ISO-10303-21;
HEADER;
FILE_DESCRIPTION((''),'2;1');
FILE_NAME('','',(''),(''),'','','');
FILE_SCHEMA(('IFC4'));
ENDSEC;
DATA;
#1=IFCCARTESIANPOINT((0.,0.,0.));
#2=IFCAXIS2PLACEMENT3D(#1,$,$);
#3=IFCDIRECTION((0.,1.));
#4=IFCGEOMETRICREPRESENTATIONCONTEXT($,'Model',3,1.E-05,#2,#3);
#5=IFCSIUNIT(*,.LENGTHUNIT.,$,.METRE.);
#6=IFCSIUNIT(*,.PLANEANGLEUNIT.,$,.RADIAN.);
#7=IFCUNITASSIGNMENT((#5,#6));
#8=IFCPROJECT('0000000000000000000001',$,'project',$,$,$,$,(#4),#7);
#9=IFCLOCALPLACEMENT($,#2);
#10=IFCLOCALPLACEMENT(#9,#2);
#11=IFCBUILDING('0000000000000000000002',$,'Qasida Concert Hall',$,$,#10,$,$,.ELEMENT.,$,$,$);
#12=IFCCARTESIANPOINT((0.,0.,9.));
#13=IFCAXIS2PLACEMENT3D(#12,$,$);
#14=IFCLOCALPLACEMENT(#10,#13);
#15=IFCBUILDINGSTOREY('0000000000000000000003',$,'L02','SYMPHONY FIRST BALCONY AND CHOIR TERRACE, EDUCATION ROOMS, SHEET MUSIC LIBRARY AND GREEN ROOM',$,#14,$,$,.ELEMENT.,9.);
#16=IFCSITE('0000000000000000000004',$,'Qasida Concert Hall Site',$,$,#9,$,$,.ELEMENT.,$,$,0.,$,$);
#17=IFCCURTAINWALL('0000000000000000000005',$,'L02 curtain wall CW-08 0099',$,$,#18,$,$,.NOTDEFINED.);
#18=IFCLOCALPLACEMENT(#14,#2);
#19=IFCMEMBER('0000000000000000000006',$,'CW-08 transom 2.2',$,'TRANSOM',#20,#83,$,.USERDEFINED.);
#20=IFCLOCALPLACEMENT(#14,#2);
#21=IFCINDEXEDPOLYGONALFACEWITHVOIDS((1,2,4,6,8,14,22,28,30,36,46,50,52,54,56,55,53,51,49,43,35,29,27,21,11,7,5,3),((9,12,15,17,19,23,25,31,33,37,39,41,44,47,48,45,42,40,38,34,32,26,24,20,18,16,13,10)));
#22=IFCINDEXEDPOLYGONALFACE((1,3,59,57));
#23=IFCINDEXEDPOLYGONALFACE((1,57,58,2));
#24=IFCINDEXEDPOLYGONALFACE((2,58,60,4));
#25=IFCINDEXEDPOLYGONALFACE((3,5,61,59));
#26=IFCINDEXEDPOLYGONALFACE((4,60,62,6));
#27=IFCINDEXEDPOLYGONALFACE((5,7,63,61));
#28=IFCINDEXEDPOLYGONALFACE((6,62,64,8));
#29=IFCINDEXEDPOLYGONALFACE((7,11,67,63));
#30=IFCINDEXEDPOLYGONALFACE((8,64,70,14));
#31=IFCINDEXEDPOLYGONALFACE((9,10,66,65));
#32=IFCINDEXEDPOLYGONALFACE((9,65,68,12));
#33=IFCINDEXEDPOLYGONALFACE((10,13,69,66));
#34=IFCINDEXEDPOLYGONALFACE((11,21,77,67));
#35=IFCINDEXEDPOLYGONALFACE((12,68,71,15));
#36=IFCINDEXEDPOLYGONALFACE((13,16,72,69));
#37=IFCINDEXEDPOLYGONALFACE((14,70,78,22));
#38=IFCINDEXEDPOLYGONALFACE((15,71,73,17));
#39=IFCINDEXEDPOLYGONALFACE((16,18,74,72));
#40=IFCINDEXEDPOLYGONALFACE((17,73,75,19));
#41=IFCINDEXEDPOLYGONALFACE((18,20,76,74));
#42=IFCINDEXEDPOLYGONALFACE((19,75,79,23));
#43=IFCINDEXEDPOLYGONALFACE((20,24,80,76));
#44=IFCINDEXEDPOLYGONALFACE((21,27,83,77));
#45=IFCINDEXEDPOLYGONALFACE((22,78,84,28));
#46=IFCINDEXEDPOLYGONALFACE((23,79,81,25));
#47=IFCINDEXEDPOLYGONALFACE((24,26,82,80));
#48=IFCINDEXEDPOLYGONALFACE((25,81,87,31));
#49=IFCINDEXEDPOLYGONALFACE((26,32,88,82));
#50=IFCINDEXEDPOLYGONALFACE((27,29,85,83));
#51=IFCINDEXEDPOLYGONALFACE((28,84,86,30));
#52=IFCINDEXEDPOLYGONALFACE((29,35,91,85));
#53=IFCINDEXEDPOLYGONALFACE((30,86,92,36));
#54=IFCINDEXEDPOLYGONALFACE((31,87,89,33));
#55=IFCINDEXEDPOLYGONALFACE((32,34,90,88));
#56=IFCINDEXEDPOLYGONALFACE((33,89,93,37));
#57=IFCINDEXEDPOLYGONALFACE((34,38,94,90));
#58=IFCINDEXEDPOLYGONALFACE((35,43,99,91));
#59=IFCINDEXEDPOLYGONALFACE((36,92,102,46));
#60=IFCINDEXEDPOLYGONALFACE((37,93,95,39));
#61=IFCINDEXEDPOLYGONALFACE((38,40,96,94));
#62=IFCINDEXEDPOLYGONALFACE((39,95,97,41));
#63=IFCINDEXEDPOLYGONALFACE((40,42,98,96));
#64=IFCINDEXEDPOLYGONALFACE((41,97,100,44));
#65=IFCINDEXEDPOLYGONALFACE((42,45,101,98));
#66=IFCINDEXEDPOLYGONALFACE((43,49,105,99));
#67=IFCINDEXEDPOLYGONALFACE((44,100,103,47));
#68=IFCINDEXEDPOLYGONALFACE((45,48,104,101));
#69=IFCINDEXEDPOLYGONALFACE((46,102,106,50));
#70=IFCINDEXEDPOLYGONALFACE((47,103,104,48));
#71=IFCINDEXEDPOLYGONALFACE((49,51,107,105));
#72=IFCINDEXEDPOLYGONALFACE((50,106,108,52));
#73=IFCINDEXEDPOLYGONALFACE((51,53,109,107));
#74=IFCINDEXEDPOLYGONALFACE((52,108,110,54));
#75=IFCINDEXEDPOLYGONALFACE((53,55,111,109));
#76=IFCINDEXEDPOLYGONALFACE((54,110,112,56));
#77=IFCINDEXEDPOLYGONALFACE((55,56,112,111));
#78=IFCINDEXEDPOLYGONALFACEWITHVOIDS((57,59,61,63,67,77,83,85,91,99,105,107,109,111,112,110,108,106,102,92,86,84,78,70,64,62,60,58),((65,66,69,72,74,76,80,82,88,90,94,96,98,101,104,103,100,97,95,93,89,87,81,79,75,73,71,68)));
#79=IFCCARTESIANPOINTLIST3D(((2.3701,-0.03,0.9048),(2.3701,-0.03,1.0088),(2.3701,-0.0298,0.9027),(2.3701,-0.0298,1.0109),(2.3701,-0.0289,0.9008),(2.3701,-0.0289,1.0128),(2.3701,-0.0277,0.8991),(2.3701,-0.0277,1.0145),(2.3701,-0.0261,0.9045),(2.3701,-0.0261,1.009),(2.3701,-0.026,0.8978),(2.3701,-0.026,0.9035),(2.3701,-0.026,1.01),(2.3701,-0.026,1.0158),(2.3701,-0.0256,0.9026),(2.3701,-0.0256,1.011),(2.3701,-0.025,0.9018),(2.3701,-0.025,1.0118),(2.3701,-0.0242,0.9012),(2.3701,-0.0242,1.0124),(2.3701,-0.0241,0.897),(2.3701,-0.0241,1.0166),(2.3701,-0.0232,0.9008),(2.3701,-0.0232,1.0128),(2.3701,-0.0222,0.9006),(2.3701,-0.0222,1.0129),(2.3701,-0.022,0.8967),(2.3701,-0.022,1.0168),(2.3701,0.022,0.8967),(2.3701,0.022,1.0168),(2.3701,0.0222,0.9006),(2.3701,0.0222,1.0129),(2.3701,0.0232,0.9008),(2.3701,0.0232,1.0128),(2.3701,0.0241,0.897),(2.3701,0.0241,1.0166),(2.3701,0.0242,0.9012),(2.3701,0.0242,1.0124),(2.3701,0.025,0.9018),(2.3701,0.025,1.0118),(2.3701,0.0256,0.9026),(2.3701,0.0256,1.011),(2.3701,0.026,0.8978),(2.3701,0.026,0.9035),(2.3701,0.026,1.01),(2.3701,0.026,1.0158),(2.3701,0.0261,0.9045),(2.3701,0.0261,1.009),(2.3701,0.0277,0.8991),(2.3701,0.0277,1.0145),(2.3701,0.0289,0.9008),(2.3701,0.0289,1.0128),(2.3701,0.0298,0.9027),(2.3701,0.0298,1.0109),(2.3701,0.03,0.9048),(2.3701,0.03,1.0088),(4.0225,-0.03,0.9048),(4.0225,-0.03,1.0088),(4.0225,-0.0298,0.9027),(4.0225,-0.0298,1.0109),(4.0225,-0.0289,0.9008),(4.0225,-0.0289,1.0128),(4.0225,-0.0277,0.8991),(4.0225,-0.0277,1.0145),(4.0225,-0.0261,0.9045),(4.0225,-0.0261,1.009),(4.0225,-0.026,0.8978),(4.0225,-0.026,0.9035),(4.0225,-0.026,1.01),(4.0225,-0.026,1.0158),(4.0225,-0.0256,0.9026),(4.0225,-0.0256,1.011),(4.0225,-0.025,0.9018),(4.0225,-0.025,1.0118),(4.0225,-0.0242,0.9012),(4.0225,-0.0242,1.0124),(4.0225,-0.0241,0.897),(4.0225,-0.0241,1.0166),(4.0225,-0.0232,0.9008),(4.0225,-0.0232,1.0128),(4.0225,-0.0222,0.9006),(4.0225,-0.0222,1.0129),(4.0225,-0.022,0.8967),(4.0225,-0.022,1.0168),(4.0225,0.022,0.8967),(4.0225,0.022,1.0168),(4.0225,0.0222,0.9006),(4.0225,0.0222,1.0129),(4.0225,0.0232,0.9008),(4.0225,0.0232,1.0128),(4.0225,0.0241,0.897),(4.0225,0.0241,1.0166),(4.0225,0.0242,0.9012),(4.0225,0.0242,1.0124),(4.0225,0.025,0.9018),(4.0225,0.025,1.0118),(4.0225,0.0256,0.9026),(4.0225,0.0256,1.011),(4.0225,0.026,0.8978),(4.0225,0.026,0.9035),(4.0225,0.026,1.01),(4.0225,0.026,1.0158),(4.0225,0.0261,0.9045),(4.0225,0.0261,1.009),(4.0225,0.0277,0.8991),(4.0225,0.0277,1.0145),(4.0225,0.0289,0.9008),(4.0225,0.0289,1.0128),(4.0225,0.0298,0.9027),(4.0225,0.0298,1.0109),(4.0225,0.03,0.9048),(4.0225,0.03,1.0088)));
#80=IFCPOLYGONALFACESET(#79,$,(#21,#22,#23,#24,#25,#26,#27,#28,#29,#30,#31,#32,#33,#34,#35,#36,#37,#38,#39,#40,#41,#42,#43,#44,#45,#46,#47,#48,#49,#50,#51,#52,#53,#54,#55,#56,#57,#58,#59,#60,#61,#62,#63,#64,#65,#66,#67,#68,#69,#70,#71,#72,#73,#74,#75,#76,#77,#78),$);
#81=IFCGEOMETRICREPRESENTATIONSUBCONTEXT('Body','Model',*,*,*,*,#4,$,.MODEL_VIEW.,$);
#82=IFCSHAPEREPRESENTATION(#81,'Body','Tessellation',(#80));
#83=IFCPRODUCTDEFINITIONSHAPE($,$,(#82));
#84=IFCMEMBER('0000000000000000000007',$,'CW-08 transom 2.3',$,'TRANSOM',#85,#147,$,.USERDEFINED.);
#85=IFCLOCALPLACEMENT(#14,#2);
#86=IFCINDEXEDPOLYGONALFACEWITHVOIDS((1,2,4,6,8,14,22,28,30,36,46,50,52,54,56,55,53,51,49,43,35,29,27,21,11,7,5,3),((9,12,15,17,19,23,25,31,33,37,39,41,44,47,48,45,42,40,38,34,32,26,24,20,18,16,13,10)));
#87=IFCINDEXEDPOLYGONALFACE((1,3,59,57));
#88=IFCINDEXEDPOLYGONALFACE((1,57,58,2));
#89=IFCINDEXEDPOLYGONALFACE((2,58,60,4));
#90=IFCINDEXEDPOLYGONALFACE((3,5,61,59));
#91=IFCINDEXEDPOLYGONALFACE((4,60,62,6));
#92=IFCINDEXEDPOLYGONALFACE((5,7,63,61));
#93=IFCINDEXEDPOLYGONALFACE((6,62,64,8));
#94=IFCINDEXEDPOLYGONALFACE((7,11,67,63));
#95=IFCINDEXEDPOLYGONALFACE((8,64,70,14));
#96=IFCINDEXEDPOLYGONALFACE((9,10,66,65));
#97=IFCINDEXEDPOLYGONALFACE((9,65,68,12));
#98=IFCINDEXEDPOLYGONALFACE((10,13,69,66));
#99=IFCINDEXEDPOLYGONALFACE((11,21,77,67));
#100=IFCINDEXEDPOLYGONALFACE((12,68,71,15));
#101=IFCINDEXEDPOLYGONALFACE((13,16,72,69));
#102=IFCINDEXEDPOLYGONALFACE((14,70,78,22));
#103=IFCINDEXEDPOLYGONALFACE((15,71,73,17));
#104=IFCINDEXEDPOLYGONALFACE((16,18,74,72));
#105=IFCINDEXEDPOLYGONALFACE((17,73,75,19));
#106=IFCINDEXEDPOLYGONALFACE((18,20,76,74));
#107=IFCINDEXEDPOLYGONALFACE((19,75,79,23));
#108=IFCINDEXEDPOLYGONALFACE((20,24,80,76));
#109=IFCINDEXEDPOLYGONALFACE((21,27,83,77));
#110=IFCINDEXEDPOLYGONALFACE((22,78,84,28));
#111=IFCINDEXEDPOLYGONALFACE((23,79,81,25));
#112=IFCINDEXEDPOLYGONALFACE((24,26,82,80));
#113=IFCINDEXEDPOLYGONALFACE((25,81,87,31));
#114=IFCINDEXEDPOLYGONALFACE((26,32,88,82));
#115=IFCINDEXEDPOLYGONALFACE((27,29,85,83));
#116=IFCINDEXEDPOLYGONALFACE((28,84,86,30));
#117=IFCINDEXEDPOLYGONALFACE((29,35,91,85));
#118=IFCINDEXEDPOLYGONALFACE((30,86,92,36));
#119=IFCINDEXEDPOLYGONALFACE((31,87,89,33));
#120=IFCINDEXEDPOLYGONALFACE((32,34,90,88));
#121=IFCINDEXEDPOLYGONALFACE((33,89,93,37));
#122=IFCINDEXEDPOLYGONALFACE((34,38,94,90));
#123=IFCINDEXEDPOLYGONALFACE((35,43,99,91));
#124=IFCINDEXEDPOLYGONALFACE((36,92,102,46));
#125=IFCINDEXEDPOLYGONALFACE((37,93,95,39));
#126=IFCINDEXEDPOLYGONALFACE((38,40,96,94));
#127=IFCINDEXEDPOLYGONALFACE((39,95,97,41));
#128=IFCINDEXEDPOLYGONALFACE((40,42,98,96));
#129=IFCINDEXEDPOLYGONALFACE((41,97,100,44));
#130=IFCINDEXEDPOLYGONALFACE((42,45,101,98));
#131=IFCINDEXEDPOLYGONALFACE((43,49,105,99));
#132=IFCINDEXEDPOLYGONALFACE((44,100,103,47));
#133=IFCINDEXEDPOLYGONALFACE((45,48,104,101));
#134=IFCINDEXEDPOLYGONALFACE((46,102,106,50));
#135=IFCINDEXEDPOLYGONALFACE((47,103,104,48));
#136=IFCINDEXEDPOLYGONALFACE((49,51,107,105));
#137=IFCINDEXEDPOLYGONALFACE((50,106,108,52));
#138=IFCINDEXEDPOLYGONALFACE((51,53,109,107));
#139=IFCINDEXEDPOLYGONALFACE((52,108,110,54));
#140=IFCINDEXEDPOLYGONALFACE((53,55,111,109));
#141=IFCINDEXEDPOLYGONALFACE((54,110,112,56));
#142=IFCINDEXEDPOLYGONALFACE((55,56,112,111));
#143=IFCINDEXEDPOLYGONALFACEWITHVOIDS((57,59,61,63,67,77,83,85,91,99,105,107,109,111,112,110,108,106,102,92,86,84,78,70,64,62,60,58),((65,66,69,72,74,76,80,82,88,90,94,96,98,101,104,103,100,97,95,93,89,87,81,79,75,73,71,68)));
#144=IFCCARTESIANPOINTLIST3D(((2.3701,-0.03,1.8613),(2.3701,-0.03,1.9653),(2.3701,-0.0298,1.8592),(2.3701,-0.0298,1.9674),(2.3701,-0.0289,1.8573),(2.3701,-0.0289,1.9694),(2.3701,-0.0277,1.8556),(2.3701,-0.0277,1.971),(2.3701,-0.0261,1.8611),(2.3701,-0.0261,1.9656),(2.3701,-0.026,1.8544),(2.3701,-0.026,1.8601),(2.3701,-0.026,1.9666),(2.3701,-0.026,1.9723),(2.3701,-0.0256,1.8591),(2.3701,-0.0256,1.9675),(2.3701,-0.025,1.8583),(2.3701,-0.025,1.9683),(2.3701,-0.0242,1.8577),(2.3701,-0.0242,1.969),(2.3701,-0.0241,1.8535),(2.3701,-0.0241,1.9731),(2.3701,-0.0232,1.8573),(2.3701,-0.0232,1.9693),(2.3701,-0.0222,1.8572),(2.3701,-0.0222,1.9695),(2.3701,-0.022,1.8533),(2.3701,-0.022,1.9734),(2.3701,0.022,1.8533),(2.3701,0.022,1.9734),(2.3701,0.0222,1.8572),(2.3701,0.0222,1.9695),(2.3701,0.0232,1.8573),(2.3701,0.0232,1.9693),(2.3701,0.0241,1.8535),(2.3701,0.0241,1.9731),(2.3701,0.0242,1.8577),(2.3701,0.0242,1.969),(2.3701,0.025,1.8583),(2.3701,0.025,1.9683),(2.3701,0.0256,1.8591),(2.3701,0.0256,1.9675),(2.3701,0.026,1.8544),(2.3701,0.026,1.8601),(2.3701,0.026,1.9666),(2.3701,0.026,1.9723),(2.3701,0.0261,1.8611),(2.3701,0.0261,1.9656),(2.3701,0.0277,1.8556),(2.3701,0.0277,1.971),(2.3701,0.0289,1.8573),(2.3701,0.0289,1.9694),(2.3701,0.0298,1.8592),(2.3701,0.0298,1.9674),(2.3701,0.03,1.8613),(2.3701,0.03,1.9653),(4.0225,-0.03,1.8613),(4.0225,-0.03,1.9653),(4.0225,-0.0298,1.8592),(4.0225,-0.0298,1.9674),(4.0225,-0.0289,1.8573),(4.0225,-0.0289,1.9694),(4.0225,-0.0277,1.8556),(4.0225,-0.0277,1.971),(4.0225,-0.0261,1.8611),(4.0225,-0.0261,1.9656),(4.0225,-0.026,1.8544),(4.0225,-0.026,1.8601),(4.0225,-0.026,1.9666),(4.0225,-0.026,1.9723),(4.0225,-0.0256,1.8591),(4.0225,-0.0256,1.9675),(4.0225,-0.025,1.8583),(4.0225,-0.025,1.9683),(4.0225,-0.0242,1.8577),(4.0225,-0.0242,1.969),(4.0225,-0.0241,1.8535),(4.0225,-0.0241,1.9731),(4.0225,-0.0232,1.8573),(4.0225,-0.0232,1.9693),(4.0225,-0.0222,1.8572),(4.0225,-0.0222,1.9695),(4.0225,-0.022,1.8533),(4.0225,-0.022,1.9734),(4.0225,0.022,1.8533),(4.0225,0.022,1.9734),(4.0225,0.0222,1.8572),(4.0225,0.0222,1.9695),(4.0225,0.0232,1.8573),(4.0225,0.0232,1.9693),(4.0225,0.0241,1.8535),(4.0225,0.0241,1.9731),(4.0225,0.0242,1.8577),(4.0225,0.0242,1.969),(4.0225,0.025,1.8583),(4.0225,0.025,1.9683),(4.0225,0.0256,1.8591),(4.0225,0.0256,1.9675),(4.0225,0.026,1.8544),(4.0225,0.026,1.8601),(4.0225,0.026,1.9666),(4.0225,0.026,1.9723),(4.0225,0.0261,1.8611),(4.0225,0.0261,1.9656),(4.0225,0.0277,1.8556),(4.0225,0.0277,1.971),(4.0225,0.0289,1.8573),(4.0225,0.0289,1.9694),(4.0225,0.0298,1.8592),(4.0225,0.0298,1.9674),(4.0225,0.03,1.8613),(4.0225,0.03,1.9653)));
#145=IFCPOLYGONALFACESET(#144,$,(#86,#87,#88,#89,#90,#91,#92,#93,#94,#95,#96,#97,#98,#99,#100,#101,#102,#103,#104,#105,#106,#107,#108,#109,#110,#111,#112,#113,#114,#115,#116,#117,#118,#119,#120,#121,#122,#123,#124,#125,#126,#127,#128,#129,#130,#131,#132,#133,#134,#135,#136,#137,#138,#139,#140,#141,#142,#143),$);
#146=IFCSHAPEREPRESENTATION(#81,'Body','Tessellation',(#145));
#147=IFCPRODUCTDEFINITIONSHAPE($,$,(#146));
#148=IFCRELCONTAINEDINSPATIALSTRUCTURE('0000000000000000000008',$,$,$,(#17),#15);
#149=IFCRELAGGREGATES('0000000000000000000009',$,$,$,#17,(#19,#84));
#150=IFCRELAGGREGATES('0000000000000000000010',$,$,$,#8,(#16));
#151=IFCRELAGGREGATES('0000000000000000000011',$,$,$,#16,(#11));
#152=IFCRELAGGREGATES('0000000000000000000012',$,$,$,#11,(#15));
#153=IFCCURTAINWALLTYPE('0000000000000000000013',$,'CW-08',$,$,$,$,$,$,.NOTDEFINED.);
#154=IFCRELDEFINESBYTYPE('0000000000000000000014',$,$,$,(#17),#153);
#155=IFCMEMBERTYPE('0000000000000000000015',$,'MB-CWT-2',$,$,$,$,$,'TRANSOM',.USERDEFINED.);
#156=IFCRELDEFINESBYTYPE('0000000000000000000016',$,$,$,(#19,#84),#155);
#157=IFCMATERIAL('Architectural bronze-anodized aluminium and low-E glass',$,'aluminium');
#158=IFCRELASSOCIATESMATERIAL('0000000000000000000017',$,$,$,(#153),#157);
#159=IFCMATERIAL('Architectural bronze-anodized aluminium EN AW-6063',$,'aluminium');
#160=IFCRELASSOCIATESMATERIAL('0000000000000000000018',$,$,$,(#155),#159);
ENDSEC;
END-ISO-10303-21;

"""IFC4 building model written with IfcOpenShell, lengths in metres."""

from ifc_helpers import new_model, si_unit, direction, frame, origin, origin_2d, place, context, subcontext, project, spatial, hollow_rectangle, extrude, material, material_profile, profile_set, type_object, element, aggregate, save


model = new_model("IFC4")

# Units and contexts
model_context = context("Model", 3, precision=1e-05, world=origin(), true_north=direction((0.0, 1.0)))
body_context = subcontext(model_context, "Body", "Model", "MODEL_VIEW")
ifc_project = project(units=[si_unit("LENGTHUNIT", "METRE"), si_unit("PLANEANGLEUNIT", "RADIAN")], contexts=[model_context])

# Site, building, storey
site_placement = place(None, origin())
site = spatial("IfcSite", under=ifc_project, at=site_placement, Name="Qasida Concert Hall Site", CompositionType="ELEMENT", RefElevation=0.0)
building_placement = place(site_placement, origin())
building = spatial("IfcBuilding", under=site, at=building_placement, Name="Qasida Concert Hall", CompositionType="ELEMENT")
storey_placement = place(building_placement, frame((0.0, 0.0, 9.0)))
storey = spatial("IfcBuildingStorey", under=building, at=storey_placement, Name="L02", Description="SYMPHONY FIRST BALCONY AND CHOIR TERRACE, EDUCATION ROOMS, SHEET MUSIC LIBRARY AND GREEN ROOM", CompositionType="ELEMENT", Elevation=9.0)

# Curtain wall, members
ifc_material_1 = material(Name="Architectural bronze-anodized aluminium and low-E glass", Category="aluminium")
curtain_wall_type = type_object("IfcCurtainWallType", Name="CW-08", PredefinedType="NOTDEFINED", material=ifc_material_1)
curtain_wall_placement = place(storey_placement, origin())
curtain_wall = element("IfcCurtainWall", 1, at=curtain_wall_placement, inside=storey, type_object=curtain_wall_type, Name="L02 curtain wall CW-08 0099", PredefinedType="NOTDEFINED")
ifc_material_2 = material(Name="Architectural bronze-anodized aluminium EN AW-6063", Category="aluminium")
ifc_material_profile_1 = material_profile(ifc_material_2, hollow_rectangle(XDim=0.0601, YDim=0.1201, WallThickness=0.0039, InnerFilletRadius=0.0039, OuterFilletRadius=0.0081, at=origin_2d()), Name="CWT 120x60x4")
ifc_profile_set_1 = profile_set([ifc_material_profile_1], Name="Architectural bronze-anodized aluminium EN AW-6063")
member_type_1 = type_object("IfcMemberType", Name="MB-CWT-2", ElementType="TRANSOM", PredefinedType="USERDEFINED", material=ifc_profile_set_1)
member_1_placement = place(storey_placement, frame((2.3701, 0.0, 0.9568), z_axis=(1.0, 0.0, 0.0), x_axis=(0.0, 1.0, 0.0)))
member_1 = element("IfcMember", 2, at=member_1_placement, type_object=member_type_1, Name="CW-08 transom 2.2", ObjectType="TRANSOM", PredefinedType="USERDEFINED", context=body_context, shape_type="SweptSolid", body=[
    extrude(hollow_rectangle(XDim=0.0601, YDim=0.1201, WallThickness=0.0039, InnerFilletRadius=0.0039, OuterFilletRadius=0.0081, at=origin_2d()), origin(), (0.0, 0.0, 1.0), 1.6523),
])
member_2_placement = place(storey_placement, frame((2.3701, 0.0, 1.9133), z_axis=(1.0, 0.0, 0.0), x_axis=(0.0, 1.0, 0.0)))
member_2 = element("IfcMember", 3, at=member_2_placement, type_object=member_type_1, Name="CW-08 transom 2.3", ObjectType="TRANSOM", PredefinedType="USERDEFINED", context=body_context, shape_type="SweptSolid", body=[
    extrude(hollow_rectangle(XDim=0.0601, YDim=0.1201, WallThickness=0.0039, InnerFilletRadius=0.0039, OuterFilletRadius=0.0081, at=origin_2d()), origin(), (0.0, 0.0, 1.0), 1.6523),
])
aggregate(curtain_wall, [member_1, member_2])

save(model, "model.ifc")
